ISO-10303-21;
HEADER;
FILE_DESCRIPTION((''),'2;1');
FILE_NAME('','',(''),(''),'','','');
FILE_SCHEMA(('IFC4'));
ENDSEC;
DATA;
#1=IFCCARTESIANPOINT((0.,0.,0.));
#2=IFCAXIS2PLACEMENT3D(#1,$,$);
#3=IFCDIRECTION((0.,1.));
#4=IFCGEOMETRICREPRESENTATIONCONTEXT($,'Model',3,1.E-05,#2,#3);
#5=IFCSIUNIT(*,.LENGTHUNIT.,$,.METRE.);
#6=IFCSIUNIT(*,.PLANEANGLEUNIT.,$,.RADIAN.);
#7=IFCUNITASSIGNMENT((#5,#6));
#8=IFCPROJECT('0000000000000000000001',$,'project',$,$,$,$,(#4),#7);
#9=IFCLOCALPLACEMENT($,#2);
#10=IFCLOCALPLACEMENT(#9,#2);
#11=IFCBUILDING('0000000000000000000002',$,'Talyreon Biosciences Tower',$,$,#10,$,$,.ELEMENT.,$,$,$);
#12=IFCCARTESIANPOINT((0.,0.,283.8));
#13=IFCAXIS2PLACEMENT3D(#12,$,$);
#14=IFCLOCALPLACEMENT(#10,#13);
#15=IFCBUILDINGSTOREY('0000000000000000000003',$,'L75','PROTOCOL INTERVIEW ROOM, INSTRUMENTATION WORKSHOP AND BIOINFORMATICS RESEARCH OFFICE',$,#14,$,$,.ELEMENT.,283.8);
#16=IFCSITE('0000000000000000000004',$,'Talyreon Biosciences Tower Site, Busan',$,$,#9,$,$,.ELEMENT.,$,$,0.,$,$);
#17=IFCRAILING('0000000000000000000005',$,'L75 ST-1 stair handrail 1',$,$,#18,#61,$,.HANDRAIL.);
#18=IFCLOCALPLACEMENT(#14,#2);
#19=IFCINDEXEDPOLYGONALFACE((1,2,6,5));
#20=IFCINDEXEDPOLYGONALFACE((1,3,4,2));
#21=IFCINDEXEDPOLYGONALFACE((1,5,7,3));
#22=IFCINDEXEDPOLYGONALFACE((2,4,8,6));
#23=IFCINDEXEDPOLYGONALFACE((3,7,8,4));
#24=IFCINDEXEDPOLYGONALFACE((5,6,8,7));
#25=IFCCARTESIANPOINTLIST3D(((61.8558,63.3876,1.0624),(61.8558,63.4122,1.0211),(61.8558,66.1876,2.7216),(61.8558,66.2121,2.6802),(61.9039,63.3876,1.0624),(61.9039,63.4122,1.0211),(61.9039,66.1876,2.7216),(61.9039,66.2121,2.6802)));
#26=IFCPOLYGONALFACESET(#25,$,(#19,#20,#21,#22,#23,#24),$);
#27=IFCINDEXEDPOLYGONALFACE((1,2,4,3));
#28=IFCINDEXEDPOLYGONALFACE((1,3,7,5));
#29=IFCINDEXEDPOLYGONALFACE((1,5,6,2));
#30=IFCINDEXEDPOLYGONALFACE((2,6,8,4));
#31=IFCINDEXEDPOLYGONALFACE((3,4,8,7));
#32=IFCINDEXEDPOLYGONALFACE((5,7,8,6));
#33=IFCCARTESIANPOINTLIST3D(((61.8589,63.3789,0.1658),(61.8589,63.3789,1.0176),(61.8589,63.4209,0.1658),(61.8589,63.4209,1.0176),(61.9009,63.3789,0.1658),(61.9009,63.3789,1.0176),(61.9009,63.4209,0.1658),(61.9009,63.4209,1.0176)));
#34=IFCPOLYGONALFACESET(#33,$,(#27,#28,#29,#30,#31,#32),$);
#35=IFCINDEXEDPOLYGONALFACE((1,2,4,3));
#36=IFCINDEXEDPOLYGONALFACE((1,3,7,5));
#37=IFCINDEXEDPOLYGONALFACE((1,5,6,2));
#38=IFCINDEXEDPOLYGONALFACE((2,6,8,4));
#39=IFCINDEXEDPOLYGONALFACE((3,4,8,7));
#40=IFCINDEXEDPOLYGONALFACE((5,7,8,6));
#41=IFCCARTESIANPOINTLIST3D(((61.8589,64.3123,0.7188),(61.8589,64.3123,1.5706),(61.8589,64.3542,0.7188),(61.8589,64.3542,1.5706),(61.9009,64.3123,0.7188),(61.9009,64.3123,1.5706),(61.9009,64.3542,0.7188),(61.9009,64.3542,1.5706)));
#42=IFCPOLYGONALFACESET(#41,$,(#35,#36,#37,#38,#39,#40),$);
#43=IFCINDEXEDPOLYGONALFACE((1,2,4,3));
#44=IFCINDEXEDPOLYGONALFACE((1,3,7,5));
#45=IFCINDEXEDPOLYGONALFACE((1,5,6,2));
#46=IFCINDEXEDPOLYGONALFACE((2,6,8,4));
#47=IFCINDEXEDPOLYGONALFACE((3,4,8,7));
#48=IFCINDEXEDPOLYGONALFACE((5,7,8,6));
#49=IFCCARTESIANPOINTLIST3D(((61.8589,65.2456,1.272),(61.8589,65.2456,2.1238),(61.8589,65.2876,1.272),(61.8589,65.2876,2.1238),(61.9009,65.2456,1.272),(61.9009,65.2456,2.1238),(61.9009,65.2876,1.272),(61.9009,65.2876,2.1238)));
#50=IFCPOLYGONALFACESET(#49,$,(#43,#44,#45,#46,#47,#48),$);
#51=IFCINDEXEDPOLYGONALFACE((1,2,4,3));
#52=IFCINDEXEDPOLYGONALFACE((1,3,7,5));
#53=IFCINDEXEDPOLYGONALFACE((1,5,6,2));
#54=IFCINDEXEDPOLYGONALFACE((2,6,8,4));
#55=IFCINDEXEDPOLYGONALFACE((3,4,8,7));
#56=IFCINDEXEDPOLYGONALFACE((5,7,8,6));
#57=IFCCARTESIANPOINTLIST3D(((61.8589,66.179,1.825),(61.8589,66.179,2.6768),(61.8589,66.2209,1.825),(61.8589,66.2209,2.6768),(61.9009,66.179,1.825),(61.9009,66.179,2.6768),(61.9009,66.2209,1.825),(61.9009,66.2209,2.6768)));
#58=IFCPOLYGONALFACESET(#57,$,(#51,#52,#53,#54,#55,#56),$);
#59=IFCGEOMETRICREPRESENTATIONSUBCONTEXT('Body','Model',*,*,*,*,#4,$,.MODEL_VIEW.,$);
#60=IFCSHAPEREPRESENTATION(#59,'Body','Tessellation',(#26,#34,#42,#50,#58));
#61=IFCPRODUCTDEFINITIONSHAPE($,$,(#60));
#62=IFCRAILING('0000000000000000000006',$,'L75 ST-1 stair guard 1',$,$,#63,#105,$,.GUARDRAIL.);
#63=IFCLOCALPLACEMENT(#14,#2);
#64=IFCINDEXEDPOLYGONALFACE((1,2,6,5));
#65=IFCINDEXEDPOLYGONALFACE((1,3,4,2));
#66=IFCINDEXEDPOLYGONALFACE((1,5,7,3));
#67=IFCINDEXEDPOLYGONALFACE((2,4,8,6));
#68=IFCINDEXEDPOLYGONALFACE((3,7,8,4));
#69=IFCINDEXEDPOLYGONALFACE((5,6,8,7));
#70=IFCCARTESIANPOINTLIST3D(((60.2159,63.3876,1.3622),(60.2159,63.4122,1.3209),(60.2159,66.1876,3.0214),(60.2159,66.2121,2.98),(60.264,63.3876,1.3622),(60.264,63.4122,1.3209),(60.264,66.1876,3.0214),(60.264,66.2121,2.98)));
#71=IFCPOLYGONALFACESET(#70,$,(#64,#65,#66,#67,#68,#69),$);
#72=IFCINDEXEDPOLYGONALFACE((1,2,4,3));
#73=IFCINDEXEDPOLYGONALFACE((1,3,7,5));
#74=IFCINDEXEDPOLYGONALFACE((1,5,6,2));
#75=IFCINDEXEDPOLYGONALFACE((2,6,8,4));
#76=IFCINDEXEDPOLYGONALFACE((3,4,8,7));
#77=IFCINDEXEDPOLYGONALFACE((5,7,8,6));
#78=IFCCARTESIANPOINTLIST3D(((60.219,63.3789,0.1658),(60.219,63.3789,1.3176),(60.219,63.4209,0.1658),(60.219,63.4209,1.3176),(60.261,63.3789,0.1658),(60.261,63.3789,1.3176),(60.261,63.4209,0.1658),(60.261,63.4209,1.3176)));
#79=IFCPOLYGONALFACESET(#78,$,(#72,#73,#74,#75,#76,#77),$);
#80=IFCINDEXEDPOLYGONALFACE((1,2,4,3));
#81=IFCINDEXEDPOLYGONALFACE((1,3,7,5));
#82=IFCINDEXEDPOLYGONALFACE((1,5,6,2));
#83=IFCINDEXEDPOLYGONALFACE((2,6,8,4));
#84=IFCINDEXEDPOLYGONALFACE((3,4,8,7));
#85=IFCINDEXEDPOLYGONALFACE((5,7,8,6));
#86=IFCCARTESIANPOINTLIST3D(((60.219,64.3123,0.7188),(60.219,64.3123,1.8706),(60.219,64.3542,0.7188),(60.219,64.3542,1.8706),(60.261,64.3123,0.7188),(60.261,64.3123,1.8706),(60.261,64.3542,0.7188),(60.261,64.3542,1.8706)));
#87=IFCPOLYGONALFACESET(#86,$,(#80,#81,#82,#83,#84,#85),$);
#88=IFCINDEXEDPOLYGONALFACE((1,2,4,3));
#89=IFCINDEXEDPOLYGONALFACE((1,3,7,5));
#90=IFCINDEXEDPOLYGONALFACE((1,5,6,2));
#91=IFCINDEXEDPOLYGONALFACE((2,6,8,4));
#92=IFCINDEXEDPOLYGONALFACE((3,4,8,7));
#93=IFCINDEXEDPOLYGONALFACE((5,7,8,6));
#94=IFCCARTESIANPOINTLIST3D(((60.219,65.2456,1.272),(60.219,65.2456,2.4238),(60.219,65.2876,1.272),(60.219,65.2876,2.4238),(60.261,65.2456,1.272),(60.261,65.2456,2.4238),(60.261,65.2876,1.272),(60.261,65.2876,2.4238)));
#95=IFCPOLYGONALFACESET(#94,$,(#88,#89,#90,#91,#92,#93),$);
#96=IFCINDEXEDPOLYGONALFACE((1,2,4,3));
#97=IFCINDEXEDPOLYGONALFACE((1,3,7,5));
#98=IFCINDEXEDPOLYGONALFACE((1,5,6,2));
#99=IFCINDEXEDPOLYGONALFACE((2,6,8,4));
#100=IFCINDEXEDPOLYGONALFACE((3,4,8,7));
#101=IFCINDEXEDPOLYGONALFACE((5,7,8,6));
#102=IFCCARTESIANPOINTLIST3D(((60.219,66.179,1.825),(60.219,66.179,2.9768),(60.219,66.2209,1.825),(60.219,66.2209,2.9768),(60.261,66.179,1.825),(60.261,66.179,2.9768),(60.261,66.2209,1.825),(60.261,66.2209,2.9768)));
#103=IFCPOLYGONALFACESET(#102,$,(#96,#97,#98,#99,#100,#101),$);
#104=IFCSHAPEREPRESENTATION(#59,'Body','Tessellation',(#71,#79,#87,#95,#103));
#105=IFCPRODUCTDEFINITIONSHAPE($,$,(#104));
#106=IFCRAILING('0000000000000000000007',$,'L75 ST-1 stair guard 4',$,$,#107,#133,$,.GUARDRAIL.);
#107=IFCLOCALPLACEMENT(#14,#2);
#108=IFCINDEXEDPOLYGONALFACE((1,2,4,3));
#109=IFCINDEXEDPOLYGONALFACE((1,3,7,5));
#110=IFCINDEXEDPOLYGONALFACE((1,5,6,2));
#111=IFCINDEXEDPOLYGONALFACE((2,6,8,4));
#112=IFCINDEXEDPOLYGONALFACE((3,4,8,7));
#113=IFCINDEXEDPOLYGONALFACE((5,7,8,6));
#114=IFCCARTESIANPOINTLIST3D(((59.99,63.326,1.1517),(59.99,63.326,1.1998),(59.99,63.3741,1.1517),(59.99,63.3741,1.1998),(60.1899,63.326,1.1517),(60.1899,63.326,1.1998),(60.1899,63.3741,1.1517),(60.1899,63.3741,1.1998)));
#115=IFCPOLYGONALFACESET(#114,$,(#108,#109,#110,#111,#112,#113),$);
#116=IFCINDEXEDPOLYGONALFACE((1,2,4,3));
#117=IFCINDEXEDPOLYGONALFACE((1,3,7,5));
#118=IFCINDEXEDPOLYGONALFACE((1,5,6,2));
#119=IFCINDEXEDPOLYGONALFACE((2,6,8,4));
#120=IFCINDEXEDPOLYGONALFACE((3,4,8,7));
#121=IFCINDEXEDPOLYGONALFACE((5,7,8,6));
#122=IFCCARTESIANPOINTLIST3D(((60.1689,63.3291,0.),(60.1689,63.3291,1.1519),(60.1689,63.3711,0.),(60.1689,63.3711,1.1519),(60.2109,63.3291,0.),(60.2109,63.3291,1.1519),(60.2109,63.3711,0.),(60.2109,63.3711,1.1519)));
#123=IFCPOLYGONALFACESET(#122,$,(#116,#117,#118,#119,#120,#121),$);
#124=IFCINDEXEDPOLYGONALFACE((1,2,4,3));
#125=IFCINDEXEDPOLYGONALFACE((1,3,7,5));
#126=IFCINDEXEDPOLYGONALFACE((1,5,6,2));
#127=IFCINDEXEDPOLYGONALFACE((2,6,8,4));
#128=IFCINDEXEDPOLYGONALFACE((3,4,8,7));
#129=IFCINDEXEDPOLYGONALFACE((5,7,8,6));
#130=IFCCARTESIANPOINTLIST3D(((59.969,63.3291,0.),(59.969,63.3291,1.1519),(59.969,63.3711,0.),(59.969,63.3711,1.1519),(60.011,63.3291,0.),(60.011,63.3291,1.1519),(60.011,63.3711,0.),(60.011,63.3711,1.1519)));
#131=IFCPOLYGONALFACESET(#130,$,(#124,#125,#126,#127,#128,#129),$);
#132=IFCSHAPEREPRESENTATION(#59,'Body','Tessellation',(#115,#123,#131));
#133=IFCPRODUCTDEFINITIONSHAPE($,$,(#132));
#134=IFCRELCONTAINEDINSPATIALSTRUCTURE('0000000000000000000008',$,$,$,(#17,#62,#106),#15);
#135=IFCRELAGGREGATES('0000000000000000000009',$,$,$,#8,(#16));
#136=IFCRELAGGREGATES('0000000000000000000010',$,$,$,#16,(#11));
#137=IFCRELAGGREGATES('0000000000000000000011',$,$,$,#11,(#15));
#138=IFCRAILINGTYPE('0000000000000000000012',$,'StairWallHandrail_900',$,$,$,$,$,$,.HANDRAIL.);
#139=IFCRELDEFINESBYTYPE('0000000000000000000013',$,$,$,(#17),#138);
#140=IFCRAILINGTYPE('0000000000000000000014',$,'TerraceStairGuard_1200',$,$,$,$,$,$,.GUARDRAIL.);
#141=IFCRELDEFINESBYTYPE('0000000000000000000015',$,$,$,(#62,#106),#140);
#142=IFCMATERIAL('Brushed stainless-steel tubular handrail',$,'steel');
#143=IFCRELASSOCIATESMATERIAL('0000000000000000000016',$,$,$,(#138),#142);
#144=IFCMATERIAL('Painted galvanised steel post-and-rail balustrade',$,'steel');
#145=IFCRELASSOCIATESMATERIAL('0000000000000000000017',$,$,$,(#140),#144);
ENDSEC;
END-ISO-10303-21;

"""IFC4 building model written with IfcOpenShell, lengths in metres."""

from ifc_helpers import new_model, si_unit, direction, frame, origin, origin_2d, place, context, subcontext, project, spatial, rectangle, extrude, material, type_object, element, save


model = new_model("IFC4")

# Units and contexts
model_context = context("Model", 3, precision=1e-05, world=origin(), true_north=direction((0.0, 1.0)))
body_context = subcontext(model_context, "Body", "Model", "MODEL_VIEW")
ifc_project = project(units=[si_unit("LENGTHUNIT", "METRE"), si_unit("PLANEANGLEUNIT", "RADIAN")], contexts=[model_context])

# Site, building, storey
site_placement = place(None, origin())
site = spatial("IfcSite", under=ifc_project, at=site_placement, Name="Talyreon Biosciences Tower Site, Busan", CompositionType="ELEMENT", RefElevation=0.0)
building_placement = place(site_placement, origin())
building = spatial("IfcBuilding", under=site, at=building_placement, Name="Talyreon Biosciences Tower", CompositionType="ELEMENT")
storey_placement = place(building_placement, frame((0.0, 0.0, 283.8)))
storey = spatial("IfcBuildingStorey", under=building, at=storey_placement, Name="L75", Description="PROTOCOL INTERVIEW ROOM, INSTRUMENTATION WORKSHOP AND BIOINFORMATICS RESEARCH OFFICE", CompositionType="ELEMENT", Elevation=283.8)

# Railings
ifc_material_1 = material(Name="Brushed stainless-steel tubular handrail", Category="steel")
railing_type_1 = type_object("IfcRailingType", Name="StairWallHandrail_900", PredefinedType="HANDRAIL", material=ifc_material_1)
railing_1_placement = place(storey_placement, frame((61.8799, 63.3999, 0.1658)))
element("IfcRailing", 1, at=railing_1_placement, inside=storey, type_object=railing_type_1, Name="L75 ST-1 stair handrail 1", PredefinedType="HANDRAIL", context=body_context, shape_type="SweptSolid", body=[
    extrude(rectangle(XDim=0.0481, YDim=0.0481, at=origin_2d()), frame((0.0, 0.0, 0.876), z_axis=(0.0, 0.860306, 0.509778), x_axis=(-1.0, 0.0, 0.0)), (0.0, 0.0, 1.0), 3.2546),
    extrude(rectangle(XDim=0.042, YDim=0.042, at=origin_2d()), origin(), (0.0, 0.0, 1.0), 0.8518),
    extrude(rectangle(XDim=0.042, YDim=0.042, at=origin_2d()), frame((0.0, 0.9333, 0.553)), (0.0, 0.0, 1.0), 0.8518),
    extrude(rectangle(XDim=0.042, YDim=0.042, at=origin_2d()), frame((0.0, 1.8667, 1.1062)), (0.0, 0.0, 1.0), 0.8518),
    extrude(rectangle(XDim=0.042, YDim=0.042, at=origin_2d()), frame((0.0, 2.8, 1.6592)), (0.0, 0.0, 1.0), 0.8518),
])
ifc_material_2 = material(Name="Painted galvanised steel post-and-rail balustrade", Category="steel")
railing_type_2 = type_object("IfcRailingType", Name="TerraceStairGuard_1200", PredefinedType="GUARDRAIL", material=ifc_material_2)
railing_2_placement = place(storey_placement, frame((60.24, 63.3999, 0.1658)))
element("IfcRailing", 2, at=railing_2_placement, inside=storey, type_object=railing_type_2, Name="L75 ST-1 stair guard 1", PredefinedType="GUARDRAIL", context=body_context, shape_type="SweptSolid", body=[
    extrude(rectangle(XDim=0.0481, YDim=0.0481, at=origin_2d()), frame((0.0, 0.0, 1.1758), z_axis=(0.0, 0.860306, 0.509778), x_axis=(-1.0, 0.0, 0.0)), (0.0, 0.0, 1.0), 3.2546),
    extrude(rectangle(XDim=0.042, YDim=0.042, at=origin_2d()), origin(), (0.0, 0.0, 1.0), 1.1519),
    extrude(rectangle(XDim=0.042, YDim=0.042, at=origin_2d()), frame((0.0, 0.9333, 0.553)), (0.0, 0.0, 1.0), 1.1519),
    extrude(rectangle(XDim=0.042, YDim=0.042, at=origin_2d()), frame((0.0, 1.8667, 1.1062)), (0.0, 0.0, 1.0), 1.1519),
    extrude(rectangle(XDim=0.042, YDim=0.042, at=origin_2d()), frame((0.0, 2.8, 1.6592)), (0.0, 0.0, 1.0), 1.1519),
])
railing_3_placement = place(storey_placement, frame((60.1899, 63.3501, 0.0)))
element("IfcRailing", 3, at=railing_3_placement, inside=storey, type_object=railing_type_2, Name="L75 ST-1 stair guard 4", PredefinedType="GUARDRAIL", context=body_context, shape_type="SweptSolid", body=[
    extrude(rectangle(XDim=0.0481, YDim=0.0481, at=origin_2d()), frame((0.0, 0.0, 1.1758), z_axis=(-1.0, 0.0, 0.0), x_axis=(0.0, -1.0, 0.0)), (0.0, 0.0, 1.0), 0.2),
    extrude(rectangle(XDim=0.042, YDim=0.042, at=origin_2d()), origin(), (0.0, 0.0, 1.0), 1.1519),
    extrude(rectangle(XDim=0.042, YDim=0.042, at=origin_2d()), frame((-0.2, 0.0, 0.0)), (0.0, 0.0, 1.0), 1.1519),
])

save(model, "model.ifc")
